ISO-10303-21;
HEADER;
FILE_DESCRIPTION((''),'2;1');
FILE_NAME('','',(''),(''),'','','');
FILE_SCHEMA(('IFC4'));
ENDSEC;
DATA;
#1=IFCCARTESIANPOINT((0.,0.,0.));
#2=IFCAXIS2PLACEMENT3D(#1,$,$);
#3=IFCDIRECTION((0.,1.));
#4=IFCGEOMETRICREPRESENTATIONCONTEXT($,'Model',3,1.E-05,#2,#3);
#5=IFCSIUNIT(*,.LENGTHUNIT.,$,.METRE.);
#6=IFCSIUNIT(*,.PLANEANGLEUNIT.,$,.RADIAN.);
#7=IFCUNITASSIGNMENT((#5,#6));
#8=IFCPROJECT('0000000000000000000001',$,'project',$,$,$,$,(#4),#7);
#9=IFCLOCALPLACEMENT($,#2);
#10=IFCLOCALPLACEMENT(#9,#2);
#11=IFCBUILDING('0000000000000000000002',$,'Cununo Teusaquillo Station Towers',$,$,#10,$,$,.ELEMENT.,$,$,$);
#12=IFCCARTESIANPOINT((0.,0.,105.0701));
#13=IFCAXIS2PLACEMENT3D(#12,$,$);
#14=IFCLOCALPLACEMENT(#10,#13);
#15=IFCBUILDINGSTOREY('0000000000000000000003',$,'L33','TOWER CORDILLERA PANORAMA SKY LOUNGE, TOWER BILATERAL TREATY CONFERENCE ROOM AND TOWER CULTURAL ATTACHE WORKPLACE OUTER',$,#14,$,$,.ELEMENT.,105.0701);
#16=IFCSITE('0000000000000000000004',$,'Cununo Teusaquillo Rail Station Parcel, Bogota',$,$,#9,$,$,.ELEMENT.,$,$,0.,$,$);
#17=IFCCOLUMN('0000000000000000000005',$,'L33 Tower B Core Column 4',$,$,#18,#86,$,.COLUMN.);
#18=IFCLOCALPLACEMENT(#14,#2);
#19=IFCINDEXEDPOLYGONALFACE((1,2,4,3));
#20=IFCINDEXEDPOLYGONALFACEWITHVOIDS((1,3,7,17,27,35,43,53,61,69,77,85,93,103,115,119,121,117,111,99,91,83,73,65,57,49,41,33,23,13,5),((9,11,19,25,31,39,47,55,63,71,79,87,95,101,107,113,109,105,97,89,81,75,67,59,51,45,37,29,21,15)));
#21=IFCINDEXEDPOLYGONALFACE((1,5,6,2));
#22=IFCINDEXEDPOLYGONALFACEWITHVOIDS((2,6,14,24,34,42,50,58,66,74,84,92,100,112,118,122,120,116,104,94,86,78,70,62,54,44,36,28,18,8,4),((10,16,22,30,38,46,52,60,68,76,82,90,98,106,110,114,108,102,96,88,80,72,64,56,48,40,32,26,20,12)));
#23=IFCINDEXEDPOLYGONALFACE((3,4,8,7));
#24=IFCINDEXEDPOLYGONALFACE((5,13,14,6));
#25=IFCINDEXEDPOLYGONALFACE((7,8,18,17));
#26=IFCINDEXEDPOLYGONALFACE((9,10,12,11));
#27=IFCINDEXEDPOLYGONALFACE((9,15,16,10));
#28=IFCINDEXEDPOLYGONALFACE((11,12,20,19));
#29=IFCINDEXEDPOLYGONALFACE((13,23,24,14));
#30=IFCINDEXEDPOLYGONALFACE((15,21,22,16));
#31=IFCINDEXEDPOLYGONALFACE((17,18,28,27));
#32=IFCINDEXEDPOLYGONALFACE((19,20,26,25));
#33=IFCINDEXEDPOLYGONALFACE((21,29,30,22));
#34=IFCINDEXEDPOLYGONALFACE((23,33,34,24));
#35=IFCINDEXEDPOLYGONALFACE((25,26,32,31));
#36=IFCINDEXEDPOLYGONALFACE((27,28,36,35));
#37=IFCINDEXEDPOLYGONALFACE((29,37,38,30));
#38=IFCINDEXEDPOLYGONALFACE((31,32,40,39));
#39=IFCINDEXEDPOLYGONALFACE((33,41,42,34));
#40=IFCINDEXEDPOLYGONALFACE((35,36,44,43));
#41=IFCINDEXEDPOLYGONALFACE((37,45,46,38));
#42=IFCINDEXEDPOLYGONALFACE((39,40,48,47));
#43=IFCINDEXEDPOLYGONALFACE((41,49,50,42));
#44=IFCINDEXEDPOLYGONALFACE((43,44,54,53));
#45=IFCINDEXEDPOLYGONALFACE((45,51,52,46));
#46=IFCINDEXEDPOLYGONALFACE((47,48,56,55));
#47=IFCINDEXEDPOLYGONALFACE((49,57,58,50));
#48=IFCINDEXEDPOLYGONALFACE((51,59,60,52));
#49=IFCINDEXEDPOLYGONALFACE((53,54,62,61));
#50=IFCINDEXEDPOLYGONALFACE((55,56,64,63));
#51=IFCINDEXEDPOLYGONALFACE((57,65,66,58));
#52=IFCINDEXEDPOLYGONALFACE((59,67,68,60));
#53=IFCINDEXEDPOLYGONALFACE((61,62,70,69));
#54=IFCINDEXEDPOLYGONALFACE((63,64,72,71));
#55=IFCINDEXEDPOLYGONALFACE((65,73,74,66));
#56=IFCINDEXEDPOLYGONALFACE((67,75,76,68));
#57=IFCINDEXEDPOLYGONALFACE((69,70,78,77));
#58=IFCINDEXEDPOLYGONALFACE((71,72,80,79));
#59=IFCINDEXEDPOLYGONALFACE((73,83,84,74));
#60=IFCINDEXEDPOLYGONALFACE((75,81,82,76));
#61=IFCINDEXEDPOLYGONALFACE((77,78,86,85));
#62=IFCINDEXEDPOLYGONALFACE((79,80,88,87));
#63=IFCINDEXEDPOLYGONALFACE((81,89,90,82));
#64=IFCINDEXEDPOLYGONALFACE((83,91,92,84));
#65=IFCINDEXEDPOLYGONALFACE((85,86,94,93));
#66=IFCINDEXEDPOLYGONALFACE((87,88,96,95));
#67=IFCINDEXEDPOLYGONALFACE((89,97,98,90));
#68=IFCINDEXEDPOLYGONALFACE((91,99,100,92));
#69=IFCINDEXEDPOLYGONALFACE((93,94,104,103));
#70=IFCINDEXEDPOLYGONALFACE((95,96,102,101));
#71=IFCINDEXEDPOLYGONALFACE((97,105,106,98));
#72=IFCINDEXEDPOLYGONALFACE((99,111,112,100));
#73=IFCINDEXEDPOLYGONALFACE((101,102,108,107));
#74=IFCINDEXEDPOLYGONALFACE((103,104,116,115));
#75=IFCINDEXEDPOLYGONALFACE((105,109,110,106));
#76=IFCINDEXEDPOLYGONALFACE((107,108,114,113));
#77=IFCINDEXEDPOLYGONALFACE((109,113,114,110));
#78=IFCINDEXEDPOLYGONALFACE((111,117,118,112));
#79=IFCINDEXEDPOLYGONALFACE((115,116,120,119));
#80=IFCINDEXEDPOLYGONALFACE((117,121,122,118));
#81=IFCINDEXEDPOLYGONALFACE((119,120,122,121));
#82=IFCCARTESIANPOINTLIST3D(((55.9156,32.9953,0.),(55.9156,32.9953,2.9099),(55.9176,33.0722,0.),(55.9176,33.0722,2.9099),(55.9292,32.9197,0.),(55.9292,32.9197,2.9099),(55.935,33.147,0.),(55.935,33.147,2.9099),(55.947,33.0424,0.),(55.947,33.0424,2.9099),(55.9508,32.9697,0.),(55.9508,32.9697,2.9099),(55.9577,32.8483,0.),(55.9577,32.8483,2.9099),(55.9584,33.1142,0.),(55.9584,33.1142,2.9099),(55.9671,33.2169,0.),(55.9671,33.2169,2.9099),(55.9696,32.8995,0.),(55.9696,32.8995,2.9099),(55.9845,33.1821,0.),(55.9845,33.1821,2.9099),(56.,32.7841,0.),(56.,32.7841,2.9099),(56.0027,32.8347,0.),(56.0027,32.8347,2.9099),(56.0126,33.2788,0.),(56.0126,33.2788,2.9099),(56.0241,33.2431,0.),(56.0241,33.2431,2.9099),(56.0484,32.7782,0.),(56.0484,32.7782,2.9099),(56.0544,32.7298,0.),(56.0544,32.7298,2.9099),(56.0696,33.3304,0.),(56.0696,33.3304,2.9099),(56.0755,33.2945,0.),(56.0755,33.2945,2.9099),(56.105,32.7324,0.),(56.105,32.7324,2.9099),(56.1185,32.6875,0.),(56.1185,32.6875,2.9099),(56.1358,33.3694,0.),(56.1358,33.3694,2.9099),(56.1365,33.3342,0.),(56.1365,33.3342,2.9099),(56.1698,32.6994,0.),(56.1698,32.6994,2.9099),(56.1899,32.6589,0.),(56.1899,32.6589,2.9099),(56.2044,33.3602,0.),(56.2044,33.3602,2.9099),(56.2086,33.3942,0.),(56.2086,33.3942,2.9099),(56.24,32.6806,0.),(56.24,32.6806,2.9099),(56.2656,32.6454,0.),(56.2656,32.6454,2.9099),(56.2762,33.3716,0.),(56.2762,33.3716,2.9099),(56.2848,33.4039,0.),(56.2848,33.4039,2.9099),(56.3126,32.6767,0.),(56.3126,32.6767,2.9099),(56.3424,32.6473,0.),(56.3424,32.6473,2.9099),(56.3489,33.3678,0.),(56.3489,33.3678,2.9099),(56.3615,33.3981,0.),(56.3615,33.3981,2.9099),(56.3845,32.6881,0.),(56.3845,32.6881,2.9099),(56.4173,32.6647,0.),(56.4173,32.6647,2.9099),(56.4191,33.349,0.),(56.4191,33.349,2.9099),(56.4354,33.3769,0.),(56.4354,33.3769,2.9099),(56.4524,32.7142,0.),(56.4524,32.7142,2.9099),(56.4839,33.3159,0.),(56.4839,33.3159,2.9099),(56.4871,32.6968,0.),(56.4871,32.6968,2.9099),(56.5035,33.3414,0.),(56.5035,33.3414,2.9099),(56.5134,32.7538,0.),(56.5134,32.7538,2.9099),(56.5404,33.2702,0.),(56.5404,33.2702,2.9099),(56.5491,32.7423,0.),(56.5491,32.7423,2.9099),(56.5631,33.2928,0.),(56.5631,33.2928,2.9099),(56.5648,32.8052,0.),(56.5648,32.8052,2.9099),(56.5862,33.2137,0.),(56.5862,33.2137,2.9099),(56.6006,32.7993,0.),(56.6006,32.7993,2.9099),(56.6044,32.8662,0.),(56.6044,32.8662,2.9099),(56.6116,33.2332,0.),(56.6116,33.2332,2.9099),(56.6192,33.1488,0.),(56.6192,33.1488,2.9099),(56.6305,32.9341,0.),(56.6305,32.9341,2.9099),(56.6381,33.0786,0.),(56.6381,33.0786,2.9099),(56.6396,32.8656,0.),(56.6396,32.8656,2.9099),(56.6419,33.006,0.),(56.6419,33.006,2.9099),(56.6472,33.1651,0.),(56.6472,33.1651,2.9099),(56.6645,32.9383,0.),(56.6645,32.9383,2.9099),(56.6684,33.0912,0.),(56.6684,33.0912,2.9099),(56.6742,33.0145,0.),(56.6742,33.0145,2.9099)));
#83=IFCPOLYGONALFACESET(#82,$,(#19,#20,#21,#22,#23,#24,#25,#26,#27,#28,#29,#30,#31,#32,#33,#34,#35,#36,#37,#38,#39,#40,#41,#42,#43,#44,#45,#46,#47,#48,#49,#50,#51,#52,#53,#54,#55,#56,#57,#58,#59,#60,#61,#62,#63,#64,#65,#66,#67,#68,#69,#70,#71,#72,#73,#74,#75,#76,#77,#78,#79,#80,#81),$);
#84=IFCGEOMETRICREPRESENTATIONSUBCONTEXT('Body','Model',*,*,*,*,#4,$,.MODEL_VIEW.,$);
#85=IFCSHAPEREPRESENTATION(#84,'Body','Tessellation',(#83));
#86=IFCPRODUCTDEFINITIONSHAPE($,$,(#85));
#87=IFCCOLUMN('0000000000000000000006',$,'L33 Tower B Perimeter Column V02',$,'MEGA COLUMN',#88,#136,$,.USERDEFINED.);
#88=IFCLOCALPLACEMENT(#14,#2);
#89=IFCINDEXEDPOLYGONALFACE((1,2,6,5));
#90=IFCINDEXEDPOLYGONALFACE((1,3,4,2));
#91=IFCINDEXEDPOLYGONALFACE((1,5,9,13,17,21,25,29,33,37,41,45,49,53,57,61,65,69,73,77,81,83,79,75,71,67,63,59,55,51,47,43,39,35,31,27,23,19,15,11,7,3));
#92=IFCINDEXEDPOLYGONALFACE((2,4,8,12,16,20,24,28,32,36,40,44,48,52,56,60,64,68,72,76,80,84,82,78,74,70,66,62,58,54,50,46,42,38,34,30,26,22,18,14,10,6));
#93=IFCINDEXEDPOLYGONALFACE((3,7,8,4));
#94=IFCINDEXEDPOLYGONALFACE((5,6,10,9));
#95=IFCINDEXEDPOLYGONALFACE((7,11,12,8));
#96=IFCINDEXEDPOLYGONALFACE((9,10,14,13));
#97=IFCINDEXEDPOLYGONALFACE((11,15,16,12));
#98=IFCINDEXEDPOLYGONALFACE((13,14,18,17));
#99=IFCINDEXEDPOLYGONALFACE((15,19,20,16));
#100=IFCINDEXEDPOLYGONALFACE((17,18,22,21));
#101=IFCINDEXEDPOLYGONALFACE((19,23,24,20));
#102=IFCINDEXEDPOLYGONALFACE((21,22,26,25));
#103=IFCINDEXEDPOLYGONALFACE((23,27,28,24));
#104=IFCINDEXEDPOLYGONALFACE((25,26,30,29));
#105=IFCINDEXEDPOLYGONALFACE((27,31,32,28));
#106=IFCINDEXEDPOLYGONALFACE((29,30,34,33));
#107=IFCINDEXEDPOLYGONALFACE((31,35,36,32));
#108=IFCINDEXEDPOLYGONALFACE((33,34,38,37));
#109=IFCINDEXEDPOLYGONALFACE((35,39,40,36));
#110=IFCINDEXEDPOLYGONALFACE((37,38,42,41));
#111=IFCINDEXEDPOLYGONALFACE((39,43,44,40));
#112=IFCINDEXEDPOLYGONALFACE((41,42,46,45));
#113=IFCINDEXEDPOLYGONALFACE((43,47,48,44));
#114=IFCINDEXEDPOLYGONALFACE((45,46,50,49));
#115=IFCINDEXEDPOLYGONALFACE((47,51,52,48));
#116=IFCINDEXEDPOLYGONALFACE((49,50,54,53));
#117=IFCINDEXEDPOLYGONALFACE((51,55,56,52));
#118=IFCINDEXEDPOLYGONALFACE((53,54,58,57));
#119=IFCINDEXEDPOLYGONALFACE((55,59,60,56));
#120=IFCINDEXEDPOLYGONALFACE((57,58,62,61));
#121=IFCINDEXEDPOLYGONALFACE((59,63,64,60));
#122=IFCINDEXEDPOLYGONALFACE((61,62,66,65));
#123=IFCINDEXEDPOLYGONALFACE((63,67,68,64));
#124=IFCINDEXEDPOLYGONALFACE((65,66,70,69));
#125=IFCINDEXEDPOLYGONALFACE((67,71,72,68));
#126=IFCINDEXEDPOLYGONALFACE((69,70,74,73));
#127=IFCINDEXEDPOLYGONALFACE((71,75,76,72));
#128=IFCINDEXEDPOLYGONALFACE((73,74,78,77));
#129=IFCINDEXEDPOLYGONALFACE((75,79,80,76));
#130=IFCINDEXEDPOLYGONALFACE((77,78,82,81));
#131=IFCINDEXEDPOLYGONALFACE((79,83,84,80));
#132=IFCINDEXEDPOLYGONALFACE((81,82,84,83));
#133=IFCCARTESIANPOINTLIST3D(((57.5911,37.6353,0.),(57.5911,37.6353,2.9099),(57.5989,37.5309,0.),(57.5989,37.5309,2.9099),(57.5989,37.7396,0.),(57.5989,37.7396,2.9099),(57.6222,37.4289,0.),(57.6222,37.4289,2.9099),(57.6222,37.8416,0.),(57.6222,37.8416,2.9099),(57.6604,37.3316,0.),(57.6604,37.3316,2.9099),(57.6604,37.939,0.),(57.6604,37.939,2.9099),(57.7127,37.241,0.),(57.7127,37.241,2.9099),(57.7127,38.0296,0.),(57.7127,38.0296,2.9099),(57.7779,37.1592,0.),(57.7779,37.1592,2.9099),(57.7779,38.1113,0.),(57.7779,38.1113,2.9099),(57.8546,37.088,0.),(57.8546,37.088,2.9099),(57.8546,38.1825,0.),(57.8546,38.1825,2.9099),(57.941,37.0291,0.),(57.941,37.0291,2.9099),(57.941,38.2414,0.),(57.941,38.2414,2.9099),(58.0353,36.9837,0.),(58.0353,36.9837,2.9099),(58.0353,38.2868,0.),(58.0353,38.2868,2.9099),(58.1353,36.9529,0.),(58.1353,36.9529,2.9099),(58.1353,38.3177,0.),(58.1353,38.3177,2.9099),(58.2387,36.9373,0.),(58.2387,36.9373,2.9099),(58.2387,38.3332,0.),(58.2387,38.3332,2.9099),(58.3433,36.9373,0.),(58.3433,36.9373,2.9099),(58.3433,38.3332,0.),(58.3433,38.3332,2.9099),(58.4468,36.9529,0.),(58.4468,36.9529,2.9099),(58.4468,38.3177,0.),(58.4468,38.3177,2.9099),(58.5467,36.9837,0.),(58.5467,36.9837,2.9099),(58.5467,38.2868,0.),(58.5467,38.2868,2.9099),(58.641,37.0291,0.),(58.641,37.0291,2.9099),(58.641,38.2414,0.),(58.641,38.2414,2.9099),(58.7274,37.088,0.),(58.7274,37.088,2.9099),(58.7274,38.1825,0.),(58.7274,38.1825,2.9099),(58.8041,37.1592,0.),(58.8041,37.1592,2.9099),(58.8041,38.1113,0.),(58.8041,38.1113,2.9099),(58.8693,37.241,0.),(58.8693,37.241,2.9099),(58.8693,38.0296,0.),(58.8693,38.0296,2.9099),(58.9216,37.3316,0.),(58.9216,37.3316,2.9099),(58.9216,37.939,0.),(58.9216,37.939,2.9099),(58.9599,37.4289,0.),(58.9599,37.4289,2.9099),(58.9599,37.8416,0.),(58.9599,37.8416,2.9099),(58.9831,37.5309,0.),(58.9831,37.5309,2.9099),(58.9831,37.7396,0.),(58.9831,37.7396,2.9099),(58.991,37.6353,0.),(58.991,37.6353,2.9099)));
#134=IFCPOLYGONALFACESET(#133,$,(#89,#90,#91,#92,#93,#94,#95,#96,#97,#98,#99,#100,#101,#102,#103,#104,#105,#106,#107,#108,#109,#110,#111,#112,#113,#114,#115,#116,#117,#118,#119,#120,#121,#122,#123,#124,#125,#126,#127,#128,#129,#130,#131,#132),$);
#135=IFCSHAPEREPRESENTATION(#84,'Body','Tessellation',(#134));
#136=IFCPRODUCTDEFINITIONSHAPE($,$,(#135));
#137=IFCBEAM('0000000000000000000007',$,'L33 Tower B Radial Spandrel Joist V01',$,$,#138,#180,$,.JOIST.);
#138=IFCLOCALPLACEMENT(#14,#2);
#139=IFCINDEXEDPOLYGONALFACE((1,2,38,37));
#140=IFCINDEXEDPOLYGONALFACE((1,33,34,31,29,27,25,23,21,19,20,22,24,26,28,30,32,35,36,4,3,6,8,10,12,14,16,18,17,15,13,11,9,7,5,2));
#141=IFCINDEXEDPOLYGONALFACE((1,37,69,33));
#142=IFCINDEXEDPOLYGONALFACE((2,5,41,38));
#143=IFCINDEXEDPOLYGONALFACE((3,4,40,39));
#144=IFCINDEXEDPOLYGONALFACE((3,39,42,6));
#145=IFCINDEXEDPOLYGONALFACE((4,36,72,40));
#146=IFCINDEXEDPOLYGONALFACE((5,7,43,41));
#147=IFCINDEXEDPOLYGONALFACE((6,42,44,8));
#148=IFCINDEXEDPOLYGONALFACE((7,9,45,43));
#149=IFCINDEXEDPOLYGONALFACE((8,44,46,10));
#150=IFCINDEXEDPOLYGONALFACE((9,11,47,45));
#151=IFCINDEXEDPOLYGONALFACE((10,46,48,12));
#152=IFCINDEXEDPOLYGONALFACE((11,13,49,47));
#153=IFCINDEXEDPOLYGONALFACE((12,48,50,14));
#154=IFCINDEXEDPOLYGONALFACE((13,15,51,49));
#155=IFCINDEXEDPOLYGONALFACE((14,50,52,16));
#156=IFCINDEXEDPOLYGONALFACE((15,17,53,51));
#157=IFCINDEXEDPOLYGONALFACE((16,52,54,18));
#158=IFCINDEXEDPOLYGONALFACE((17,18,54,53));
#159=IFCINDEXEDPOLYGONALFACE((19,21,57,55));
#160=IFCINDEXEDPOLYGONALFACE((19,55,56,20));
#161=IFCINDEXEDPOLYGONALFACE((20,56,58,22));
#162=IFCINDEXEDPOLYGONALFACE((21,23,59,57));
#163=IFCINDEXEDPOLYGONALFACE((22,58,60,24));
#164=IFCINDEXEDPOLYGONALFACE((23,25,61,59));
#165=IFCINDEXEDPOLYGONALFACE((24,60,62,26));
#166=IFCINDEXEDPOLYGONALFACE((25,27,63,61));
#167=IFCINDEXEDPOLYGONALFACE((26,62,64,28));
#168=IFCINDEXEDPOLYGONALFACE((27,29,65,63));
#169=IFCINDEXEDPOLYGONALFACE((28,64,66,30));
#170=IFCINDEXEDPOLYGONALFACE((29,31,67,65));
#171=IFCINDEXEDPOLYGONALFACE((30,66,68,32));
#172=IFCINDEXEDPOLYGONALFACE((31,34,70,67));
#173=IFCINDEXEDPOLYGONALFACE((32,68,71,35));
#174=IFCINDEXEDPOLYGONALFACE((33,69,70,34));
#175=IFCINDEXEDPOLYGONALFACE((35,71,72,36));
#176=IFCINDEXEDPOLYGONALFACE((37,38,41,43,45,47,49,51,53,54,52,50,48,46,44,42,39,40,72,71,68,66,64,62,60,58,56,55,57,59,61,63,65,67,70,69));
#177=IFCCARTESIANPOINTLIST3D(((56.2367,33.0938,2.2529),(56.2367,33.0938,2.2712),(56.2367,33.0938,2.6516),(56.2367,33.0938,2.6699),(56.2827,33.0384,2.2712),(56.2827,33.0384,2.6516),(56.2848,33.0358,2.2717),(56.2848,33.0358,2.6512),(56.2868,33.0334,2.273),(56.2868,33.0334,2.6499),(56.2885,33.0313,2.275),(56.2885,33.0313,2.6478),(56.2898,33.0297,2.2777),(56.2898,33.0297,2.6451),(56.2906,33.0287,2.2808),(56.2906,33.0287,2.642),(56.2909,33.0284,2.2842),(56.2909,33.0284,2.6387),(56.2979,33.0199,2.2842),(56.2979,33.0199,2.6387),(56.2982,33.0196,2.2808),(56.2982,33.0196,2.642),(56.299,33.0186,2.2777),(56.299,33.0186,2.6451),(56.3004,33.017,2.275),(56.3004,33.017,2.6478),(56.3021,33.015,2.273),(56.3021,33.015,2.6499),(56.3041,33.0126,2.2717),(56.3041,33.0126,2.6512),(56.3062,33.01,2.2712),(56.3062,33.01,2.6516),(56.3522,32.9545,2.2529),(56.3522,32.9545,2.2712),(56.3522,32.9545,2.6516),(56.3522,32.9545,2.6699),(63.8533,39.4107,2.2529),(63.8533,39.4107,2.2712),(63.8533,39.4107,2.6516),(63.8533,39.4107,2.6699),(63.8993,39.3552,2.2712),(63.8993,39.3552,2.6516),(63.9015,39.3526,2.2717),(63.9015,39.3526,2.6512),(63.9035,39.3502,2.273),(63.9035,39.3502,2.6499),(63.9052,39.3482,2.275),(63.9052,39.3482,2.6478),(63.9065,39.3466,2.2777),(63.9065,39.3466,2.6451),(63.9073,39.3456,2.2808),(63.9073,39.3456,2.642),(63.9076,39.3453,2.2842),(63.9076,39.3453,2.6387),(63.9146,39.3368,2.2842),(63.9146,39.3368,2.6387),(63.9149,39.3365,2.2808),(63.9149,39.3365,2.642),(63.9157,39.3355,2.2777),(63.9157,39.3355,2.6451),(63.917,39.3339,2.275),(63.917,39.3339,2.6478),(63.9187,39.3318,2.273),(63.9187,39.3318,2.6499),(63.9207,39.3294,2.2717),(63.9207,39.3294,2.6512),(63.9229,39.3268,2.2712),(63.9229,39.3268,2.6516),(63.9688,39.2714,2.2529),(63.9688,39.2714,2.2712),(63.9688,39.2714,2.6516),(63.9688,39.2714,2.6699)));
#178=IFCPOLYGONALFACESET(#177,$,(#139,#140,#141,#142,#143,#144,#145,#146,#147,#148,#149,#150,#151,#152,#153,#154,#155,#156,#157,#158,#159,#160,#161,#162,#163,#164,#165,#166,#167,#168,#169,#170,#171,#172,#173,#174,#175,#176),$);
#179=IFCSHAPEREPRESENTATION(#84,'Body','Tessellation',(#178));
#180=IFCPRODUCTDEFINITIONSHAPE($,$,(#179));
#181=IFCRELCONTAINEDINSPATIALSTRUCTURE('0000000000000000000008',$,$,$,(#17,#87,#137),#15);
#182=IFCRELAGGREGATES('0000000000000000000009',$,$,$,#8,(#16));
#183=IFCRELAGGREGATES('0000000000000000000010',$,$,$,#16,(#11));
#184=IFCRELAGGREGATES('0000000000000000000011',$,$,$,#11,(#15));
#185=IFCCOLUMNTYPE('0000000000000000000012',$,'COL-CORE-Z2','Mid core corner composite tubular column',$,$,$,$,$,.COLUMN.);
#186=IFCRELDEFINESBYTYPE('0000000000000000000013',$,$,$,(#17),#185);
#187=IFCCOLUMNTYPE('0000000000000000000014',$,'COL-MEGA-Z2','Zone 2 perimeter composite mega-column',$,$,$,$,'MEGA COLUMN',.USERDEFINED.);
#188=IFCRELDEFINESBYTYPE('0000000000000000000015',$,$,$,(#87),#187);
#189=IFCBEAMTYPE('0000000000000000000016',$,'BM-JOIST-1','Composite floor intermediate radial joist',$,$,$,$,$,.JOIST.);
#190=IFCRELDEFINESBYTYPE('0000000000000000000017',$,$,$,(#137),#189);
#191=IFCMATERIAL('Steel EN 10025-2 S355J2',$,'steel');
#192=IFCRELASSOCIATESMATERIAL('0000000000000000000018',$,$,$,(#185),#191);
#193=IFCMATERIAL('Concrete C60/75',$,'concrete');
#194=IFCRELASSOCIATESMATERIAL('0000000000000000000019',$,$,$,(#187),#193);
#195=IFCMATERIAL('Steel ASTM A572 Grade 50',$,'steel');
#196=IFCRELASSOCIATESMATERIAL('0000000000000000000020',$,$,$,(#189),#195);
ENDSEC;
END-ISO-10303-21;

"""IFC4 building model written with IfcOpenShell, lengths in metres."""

from ifc_helpers import new_model, si_unit, direction, frame, origin, origin_2d, place, context, subcontext, project, spatial, circle, hollow_circle, i_section, extrude, material, material_profile, profile_set, type_object, element, save


model = new_model("IFC4")

# Units and contexts
model_context = context("Model", 3, precision=1e-05, world=origin(), true_north=direction((0.0, 1.0)))
body_context = subcontext(model_context, "Body", "Model", "MODEL_VIEW")
ifc_project = project(units=[si_unit("LENGTHUNIT", "METRE"), si_unit("PLANEANGLEUNIT", "RADIAN")], contexts=[model_context])

# Site, building, storey
site_placement = place(None, origin())
site = spatial("IfcSite", under=ifc_project, at=site_placement, Name="Cununo Teusaquillo Rail Station Parcel, Bogota", CompositionType="ELEMENT", RefElevation=0.0)
building_placement = place(site_placement, origin())
building = spatial("IfcBuilding", under=site, at=building_placement, Name="Cununo Teusaquillo Station Towers", CompositionType="ELEMENT")
storey_placement = place(building_placement, frame((0.0, 0.0, 105.0701)))
storey = spatial("IfcBuildingStorey", under=building, at=storey_placement, Name="L33", Description="TOWER CORDILLERA PANORAMA SKY LOUNGE, TOWER BILATERAL TREATY CONFERENCE ROOM AND TOWER CULTURAL ATTACHE WORKPLACE OUTER", CompositionType="ELEMENT", Elevation=105.0701)

# Columns
ifc_material_1 = material(Name="Steel EN 10025-2 S355J2", Category="steel")
ifc_material_profile_1 = material_profile(ifc_material_1, hollow_circle(Radius=0.3799, WallThickness=0.032, at=origin_2d()), Name="CHS 760x32")
ifc_profile_set_1 = profile_set([ifc_material_profile_1], Name="Steel EN 10025-2 S355J2")
column_type_1 = type_object("IfcColumnType", Name="COL-CORE-Z2", Description="Mid core corner composite tubular column", PredefinedType="COLUMN", material=ifc_profile_set_1)
column_1_placement = place(storey_placement, frame((56.2944, 33.0242, 0.0), z_axis=(0.0, 0.0, 1.0), x_axis=(0.707107, 0.707107, 0.0)))
element("IfcColumn", 1, at=column_1_placement, inside=storey, type_object=column_type_1, Name="L33 Tower B Core Column 4", PredefinedType="COLUMN", context=body_context, shape_type="SweptSolid", body=[
    extrude(hollow_circle(Radius=0.3799, WallThickness=0.032, at=origin_2d()), origin(), (0.0, 0.0, 1.0), 2.9099),
])
ifc_material_2 = material(Name="Concrete C60/75", Category="concrete")
ifc_material_profile_2 = material_profile(ifc_material_2, circle(Radius=0.7, at=origin_2d()), Name="RC-CIRC-1400")
ifc_profile_set_2 = profile_set([ifc_material_profile_2], Name="Concrete C60/75")
column_type_2 = type_object("IfcColumnType", Name="COL-MEGA-Z2", Description="Zone 2 perimeter composite mega-column", ElementType="MEGA COLUMN", PredefinedType="USERDEFINED", material=ifc_profile_set_2)
column_2_placement = place(storey_placement, frame((58.291, 37.6353, 0.0), z_axis=(0.0, 0.0, 1.0), x_axis=(1.0, 0.0, 0.0)))
element("IfcColumn", 2, at=column_2_placement, inside=storey, type_object=column_type_2, Name="L33 Tower B Perimeter Column V02", ObjectType="MEGA COLUMN", PredefinedType="USERDEFINED", context=body_context, shape_type="SweptSolid", body=[
    extrude(circle(Radius=0.7, at=origin_2d()), origin(), (0.0, 0.0, 1.0), 2.9099),
])

# Beam
ifc_material_3 = material(Name="Steel ASTM A572 Grade 50", Category="steel")
ifc_material_profile_3 = material_profile(ifc_material_3, i_section(OverallWidth=0.1809, OverallDepth=0.417, WebThickness=0.011, FlangeThickness=0.0183, FilletRadius=0.0129, at=origin_2d()), Name="W16X57")
ifc_profile_set_3 = profile_set([ifc_material_profile_3], Name="Steel ASTM A572 Grade 50")
beam_type_1 = type_object("IfcBeamType", Name="BM-JOIST-1", Description="Composite floor intermediate radial joist", PredefinedType="JOIST", material=ifc_profile_set_3)
beam_1_placement = place(storey_placement, frame((56.2944, 33.0242, 2.4614), z_axis=(0.769728, 0.638372, 0.0), x_axis=(-0.638372, 0.769728, 0.0)))
element("IfcBeam", 3, at=beam_1_placement, inside=storey, type_object=beam_type_1, Name="L33 Tower B Radial Spandrel Joist V01", PredefinedType="JOIST", context=body_context, shape_type="SweptSolid", body=[
    extrude(i_section(OverallWidth=0.1809, OverallDepth=0.417, WebThickness=0.011, FlangeThickness=0.0183, FilletRadius=0.0129, at=origin_2d()), origin(), (0.0, 0.0, 1.0), 9.8953),
])

save(model, "model.ifc")
